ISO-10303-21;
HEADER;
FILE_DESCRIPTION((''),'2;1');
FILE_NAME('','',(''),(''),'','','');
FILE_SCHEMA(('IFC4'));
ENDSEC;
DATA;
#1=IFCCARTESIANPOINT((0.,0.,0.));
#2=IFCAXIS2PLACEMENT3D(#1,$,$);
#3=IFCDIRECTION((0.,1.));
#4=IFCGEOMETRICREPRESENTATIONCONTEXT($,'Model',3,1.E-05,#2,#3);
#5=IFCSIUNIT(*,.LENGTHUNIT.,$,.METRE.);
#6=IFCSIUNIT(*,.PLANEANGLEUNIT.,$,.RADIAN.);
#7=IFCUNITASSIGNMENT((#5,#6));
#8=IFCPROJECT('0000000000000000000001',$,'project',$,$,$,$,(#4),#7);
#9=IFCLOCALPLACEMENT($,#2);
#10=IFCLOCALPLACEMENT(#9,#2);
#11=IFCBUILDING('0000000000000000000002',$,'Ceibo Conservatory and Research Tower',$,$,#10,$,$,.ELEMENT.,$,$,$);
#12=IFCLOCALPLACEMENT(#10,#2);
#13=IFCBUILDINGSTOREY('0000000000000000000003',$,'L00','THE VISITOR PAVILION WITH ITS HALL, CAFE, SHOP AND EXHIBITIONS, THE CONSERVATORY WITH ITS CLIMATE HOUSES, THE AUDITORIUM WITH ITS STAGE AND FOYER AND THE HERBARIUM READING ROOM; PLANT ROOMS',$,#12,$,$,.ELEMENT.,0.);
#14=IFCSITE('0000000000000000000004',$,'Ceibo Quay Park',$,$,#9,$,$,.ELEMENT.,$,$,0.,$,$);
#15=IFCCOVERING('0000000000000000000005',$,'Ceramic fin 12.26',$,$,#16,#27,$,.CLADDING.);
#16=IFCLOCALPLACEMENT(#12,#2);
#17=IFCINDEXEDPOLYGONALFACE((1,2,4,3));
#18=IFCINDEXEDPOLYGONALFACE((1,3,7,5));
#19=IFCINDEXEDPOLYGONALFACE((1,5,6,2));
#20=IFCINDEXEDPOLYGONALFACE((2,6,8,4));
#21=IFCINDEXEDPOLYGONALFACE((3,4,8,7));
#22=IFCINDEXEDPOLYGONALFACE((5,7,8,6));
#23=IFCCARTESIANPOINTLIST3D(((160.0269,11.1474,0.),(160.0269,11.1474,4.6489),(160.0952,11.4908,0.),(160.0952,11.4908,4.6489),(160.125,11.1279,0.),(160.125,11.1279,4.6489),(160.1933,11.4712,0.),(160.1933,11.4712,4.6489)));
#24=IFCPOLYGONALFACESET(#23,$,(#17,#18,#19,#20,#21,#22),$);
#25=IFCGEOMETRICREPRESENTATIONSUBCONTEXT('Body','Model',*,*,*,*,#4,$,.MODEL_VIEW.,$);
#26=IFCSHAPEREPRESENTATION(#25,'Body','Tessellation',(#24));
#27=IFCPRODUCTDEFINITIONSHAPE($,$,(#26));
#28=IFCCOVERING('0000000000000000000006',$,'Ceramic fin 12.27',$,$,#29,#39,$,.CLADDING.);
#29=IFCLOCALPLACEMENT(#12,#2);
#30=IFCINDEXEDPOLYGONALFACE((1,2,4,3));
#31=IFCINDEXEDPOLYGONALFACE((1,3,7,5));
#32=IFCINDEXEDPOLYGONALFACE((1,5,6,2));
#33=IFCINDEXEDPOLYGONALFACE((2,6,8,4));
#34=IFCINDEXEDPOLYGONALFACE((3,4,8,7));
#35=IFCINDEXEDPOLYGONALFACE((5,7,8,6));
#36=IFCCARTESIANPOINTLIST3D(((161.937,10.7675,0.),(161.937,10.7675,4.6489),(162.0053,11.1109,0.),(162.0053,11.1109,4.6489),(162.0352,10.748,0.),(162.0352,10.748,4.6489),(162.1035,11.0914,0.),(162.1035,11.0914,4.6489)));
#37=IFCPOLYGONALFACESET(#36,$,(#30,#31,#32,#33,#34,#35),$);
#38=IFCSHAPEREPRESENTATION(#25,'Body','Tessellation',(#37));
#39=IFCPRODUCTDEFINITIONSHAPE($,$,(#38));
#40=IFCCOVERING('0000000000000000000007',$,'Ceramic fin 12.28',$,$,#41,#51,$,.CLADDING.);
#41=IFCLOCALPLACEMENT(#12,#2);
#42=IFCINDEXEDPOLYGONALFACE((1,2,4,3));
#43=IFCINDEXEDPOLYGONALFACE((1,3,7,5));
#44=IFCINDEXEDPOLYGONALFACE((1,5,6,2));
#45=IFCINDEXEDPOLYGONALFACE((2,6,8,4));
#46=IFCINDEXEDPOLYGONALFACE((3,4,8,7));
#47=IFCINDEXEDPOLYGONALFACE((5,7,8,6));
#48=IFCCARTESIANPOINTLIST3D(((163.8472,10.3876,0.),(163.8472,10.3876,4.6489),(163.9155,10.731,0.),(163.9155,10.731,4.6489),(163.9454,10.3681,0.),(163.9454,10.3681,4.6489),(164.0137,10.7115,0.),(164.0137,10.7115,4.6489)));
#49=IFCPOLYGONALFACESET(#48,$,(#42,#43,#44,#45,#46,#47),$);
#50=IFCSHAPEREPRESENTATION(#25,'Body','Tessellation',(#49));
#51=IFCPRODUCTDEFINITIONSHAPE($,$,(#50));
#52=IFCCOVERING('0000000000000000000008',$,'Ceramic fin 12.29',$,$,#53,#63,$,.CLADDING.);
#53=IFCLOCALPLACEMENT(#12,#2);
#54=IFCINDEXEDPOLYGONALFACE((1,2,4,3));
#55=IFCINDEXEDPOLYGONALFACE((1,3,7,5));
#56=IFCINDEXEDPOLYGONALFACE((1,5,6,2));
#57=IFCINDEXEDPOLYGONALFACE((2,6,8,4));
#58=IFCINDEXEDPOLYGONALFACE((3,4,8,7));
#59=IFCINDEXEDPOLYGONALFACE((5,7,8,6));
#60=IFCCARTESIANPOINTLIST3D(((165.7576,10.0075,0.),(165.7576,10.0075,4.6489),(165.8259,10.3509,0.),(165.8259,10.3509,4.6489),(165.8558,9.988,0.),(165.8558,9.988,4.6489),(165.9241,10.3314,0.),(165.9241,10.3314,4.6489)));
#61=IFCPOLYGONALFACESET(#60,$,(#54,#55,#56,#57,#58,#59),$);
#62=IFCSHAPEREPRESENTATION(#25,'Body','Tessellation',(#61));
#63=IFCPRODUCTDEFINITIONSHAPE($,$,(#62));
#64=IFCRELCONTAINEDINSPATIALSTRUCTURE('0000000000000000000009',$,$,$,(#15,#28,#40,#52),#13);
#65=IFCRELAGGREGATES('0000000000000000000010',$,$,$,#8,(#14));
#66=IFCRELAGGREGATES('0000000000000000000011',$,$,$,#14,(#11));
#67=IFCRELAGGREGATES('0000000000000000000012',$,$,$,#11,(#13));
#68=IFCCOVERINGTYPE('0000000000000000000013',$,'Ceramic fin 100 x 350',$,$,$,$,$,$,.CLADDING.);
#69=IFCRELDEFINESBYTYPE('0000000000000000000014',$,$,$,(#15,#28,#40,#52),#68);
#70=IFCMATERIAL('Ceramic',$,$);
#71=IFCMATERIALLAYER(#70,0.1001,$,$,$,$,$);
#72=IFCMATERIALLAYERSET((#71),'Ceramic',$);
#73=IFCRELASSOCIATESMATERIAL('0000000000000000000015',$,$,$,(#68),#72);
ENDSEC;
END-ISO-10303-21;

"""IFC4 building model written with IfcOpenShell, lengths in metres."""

from ifc_helpers import new_model, si_unit, direction, frame, origin, origin_2d, place, context, subcontext, project, spatial, rectangle, extrude, material, layer, layer_set, type_object, element, save


model = new_model("IFC4")

# Units and contexts
model_context = context("Model", 3, precision=1e-05, world=origin(), true_north=direction((0.0, 1.0)))
body_context = subcontext(model_context, "Body", "Model", "MODEL_VIEW")
ifc_project = project(units=[si_unit("LENGTHUNIT", "METRE"), si_unit("PLANEANGLEUNIT", "RADIAN")], contexts=[model_context])

# Site, building, storey
site_placement = place(None, origin())
site = spatial("IfcSite", under=ifc_project, at=site_placement, Name="Ceibo Quay Park", CompositionType="ELEMENT", RefElevation=0.0)
building_placement = place(site_placement, origin())
building = spatial("IfcBuilding", under=site, at=building_placement, Name="Ceibo Conservatory and Research Tower", CompositionType="ELEMENT")
storey_placement = place(building_placement, origin())
storey = spatial("IfcBuildingStorey", under=building, at=storey_placement, Name="L00", Description="THE VISITOR PAVILION WITH ITS HALL, CAFE, SHOP AND EXHIBITIONS, THE CONSERVATORY WITH ITS CLIMATE HOUSES, THE AUDITORIUM WITH ITS STAGE AND FOYER AND THE HERBARIUM READING ROOM; PLANT ROOMS", CompositionType="ELEMENT", Elevation=0.0)

# Coverings
ifc_material_1 = material(Name="Ceramic")
ifc_layer_1 = layer(ifc_material_1, 0.1001)
ifc_layer_set_1 = layer_set([ifc_layer_1], Name="Ceramic")
covering_type = type_object("IfcCoveringType", Name="Ceramic fin 100 x 350", PredefinedType="CLADDING", material=ifc_layer_set_1)
for number, where, z_axis, x_axis, name in (
    (1, (160.1101, 11.3093, 0.0), (0.0, 0.0, 1.0), (-0.980785, 0.19509, 0.0), "Ceramic fin 12.26"),
    (2, (162.0203, 10.9294, 0.0), (0.0, 0.0, 1.0), (-0.980785, 0.19509, 0.0), "Ceramic fin 12.27"),
    (3, (163.9304, 10.5496, 0.0), (0.0, 0.0, 1.0), (-0.980785, 0.19509, 0.0), "Ceramic fin 12.28"),
    (4, (165.8408, 10.1694, 0.0), (0.0, 0.0, 1.0), (-0.980785, 0.19509, 0.0), "Ceramic fin 12.29"),
):
    element("IfcCovering", number, at=place(storey_placement, frame(where, z_axis=z_axis, x_axis=x_axis)), inside=storey, type_object=covering_type, Name=name, PredefinedType="CLADDING", context=body_context, shape_type="SweptSolid", body=[
        extrude(rectangle(XDim=0.1001, YDim=0.3501, at=origin_2d()), origin(), (0.0, 0.0, 1.0), 4.6489),
    ])

save(model, "model.ifc")
